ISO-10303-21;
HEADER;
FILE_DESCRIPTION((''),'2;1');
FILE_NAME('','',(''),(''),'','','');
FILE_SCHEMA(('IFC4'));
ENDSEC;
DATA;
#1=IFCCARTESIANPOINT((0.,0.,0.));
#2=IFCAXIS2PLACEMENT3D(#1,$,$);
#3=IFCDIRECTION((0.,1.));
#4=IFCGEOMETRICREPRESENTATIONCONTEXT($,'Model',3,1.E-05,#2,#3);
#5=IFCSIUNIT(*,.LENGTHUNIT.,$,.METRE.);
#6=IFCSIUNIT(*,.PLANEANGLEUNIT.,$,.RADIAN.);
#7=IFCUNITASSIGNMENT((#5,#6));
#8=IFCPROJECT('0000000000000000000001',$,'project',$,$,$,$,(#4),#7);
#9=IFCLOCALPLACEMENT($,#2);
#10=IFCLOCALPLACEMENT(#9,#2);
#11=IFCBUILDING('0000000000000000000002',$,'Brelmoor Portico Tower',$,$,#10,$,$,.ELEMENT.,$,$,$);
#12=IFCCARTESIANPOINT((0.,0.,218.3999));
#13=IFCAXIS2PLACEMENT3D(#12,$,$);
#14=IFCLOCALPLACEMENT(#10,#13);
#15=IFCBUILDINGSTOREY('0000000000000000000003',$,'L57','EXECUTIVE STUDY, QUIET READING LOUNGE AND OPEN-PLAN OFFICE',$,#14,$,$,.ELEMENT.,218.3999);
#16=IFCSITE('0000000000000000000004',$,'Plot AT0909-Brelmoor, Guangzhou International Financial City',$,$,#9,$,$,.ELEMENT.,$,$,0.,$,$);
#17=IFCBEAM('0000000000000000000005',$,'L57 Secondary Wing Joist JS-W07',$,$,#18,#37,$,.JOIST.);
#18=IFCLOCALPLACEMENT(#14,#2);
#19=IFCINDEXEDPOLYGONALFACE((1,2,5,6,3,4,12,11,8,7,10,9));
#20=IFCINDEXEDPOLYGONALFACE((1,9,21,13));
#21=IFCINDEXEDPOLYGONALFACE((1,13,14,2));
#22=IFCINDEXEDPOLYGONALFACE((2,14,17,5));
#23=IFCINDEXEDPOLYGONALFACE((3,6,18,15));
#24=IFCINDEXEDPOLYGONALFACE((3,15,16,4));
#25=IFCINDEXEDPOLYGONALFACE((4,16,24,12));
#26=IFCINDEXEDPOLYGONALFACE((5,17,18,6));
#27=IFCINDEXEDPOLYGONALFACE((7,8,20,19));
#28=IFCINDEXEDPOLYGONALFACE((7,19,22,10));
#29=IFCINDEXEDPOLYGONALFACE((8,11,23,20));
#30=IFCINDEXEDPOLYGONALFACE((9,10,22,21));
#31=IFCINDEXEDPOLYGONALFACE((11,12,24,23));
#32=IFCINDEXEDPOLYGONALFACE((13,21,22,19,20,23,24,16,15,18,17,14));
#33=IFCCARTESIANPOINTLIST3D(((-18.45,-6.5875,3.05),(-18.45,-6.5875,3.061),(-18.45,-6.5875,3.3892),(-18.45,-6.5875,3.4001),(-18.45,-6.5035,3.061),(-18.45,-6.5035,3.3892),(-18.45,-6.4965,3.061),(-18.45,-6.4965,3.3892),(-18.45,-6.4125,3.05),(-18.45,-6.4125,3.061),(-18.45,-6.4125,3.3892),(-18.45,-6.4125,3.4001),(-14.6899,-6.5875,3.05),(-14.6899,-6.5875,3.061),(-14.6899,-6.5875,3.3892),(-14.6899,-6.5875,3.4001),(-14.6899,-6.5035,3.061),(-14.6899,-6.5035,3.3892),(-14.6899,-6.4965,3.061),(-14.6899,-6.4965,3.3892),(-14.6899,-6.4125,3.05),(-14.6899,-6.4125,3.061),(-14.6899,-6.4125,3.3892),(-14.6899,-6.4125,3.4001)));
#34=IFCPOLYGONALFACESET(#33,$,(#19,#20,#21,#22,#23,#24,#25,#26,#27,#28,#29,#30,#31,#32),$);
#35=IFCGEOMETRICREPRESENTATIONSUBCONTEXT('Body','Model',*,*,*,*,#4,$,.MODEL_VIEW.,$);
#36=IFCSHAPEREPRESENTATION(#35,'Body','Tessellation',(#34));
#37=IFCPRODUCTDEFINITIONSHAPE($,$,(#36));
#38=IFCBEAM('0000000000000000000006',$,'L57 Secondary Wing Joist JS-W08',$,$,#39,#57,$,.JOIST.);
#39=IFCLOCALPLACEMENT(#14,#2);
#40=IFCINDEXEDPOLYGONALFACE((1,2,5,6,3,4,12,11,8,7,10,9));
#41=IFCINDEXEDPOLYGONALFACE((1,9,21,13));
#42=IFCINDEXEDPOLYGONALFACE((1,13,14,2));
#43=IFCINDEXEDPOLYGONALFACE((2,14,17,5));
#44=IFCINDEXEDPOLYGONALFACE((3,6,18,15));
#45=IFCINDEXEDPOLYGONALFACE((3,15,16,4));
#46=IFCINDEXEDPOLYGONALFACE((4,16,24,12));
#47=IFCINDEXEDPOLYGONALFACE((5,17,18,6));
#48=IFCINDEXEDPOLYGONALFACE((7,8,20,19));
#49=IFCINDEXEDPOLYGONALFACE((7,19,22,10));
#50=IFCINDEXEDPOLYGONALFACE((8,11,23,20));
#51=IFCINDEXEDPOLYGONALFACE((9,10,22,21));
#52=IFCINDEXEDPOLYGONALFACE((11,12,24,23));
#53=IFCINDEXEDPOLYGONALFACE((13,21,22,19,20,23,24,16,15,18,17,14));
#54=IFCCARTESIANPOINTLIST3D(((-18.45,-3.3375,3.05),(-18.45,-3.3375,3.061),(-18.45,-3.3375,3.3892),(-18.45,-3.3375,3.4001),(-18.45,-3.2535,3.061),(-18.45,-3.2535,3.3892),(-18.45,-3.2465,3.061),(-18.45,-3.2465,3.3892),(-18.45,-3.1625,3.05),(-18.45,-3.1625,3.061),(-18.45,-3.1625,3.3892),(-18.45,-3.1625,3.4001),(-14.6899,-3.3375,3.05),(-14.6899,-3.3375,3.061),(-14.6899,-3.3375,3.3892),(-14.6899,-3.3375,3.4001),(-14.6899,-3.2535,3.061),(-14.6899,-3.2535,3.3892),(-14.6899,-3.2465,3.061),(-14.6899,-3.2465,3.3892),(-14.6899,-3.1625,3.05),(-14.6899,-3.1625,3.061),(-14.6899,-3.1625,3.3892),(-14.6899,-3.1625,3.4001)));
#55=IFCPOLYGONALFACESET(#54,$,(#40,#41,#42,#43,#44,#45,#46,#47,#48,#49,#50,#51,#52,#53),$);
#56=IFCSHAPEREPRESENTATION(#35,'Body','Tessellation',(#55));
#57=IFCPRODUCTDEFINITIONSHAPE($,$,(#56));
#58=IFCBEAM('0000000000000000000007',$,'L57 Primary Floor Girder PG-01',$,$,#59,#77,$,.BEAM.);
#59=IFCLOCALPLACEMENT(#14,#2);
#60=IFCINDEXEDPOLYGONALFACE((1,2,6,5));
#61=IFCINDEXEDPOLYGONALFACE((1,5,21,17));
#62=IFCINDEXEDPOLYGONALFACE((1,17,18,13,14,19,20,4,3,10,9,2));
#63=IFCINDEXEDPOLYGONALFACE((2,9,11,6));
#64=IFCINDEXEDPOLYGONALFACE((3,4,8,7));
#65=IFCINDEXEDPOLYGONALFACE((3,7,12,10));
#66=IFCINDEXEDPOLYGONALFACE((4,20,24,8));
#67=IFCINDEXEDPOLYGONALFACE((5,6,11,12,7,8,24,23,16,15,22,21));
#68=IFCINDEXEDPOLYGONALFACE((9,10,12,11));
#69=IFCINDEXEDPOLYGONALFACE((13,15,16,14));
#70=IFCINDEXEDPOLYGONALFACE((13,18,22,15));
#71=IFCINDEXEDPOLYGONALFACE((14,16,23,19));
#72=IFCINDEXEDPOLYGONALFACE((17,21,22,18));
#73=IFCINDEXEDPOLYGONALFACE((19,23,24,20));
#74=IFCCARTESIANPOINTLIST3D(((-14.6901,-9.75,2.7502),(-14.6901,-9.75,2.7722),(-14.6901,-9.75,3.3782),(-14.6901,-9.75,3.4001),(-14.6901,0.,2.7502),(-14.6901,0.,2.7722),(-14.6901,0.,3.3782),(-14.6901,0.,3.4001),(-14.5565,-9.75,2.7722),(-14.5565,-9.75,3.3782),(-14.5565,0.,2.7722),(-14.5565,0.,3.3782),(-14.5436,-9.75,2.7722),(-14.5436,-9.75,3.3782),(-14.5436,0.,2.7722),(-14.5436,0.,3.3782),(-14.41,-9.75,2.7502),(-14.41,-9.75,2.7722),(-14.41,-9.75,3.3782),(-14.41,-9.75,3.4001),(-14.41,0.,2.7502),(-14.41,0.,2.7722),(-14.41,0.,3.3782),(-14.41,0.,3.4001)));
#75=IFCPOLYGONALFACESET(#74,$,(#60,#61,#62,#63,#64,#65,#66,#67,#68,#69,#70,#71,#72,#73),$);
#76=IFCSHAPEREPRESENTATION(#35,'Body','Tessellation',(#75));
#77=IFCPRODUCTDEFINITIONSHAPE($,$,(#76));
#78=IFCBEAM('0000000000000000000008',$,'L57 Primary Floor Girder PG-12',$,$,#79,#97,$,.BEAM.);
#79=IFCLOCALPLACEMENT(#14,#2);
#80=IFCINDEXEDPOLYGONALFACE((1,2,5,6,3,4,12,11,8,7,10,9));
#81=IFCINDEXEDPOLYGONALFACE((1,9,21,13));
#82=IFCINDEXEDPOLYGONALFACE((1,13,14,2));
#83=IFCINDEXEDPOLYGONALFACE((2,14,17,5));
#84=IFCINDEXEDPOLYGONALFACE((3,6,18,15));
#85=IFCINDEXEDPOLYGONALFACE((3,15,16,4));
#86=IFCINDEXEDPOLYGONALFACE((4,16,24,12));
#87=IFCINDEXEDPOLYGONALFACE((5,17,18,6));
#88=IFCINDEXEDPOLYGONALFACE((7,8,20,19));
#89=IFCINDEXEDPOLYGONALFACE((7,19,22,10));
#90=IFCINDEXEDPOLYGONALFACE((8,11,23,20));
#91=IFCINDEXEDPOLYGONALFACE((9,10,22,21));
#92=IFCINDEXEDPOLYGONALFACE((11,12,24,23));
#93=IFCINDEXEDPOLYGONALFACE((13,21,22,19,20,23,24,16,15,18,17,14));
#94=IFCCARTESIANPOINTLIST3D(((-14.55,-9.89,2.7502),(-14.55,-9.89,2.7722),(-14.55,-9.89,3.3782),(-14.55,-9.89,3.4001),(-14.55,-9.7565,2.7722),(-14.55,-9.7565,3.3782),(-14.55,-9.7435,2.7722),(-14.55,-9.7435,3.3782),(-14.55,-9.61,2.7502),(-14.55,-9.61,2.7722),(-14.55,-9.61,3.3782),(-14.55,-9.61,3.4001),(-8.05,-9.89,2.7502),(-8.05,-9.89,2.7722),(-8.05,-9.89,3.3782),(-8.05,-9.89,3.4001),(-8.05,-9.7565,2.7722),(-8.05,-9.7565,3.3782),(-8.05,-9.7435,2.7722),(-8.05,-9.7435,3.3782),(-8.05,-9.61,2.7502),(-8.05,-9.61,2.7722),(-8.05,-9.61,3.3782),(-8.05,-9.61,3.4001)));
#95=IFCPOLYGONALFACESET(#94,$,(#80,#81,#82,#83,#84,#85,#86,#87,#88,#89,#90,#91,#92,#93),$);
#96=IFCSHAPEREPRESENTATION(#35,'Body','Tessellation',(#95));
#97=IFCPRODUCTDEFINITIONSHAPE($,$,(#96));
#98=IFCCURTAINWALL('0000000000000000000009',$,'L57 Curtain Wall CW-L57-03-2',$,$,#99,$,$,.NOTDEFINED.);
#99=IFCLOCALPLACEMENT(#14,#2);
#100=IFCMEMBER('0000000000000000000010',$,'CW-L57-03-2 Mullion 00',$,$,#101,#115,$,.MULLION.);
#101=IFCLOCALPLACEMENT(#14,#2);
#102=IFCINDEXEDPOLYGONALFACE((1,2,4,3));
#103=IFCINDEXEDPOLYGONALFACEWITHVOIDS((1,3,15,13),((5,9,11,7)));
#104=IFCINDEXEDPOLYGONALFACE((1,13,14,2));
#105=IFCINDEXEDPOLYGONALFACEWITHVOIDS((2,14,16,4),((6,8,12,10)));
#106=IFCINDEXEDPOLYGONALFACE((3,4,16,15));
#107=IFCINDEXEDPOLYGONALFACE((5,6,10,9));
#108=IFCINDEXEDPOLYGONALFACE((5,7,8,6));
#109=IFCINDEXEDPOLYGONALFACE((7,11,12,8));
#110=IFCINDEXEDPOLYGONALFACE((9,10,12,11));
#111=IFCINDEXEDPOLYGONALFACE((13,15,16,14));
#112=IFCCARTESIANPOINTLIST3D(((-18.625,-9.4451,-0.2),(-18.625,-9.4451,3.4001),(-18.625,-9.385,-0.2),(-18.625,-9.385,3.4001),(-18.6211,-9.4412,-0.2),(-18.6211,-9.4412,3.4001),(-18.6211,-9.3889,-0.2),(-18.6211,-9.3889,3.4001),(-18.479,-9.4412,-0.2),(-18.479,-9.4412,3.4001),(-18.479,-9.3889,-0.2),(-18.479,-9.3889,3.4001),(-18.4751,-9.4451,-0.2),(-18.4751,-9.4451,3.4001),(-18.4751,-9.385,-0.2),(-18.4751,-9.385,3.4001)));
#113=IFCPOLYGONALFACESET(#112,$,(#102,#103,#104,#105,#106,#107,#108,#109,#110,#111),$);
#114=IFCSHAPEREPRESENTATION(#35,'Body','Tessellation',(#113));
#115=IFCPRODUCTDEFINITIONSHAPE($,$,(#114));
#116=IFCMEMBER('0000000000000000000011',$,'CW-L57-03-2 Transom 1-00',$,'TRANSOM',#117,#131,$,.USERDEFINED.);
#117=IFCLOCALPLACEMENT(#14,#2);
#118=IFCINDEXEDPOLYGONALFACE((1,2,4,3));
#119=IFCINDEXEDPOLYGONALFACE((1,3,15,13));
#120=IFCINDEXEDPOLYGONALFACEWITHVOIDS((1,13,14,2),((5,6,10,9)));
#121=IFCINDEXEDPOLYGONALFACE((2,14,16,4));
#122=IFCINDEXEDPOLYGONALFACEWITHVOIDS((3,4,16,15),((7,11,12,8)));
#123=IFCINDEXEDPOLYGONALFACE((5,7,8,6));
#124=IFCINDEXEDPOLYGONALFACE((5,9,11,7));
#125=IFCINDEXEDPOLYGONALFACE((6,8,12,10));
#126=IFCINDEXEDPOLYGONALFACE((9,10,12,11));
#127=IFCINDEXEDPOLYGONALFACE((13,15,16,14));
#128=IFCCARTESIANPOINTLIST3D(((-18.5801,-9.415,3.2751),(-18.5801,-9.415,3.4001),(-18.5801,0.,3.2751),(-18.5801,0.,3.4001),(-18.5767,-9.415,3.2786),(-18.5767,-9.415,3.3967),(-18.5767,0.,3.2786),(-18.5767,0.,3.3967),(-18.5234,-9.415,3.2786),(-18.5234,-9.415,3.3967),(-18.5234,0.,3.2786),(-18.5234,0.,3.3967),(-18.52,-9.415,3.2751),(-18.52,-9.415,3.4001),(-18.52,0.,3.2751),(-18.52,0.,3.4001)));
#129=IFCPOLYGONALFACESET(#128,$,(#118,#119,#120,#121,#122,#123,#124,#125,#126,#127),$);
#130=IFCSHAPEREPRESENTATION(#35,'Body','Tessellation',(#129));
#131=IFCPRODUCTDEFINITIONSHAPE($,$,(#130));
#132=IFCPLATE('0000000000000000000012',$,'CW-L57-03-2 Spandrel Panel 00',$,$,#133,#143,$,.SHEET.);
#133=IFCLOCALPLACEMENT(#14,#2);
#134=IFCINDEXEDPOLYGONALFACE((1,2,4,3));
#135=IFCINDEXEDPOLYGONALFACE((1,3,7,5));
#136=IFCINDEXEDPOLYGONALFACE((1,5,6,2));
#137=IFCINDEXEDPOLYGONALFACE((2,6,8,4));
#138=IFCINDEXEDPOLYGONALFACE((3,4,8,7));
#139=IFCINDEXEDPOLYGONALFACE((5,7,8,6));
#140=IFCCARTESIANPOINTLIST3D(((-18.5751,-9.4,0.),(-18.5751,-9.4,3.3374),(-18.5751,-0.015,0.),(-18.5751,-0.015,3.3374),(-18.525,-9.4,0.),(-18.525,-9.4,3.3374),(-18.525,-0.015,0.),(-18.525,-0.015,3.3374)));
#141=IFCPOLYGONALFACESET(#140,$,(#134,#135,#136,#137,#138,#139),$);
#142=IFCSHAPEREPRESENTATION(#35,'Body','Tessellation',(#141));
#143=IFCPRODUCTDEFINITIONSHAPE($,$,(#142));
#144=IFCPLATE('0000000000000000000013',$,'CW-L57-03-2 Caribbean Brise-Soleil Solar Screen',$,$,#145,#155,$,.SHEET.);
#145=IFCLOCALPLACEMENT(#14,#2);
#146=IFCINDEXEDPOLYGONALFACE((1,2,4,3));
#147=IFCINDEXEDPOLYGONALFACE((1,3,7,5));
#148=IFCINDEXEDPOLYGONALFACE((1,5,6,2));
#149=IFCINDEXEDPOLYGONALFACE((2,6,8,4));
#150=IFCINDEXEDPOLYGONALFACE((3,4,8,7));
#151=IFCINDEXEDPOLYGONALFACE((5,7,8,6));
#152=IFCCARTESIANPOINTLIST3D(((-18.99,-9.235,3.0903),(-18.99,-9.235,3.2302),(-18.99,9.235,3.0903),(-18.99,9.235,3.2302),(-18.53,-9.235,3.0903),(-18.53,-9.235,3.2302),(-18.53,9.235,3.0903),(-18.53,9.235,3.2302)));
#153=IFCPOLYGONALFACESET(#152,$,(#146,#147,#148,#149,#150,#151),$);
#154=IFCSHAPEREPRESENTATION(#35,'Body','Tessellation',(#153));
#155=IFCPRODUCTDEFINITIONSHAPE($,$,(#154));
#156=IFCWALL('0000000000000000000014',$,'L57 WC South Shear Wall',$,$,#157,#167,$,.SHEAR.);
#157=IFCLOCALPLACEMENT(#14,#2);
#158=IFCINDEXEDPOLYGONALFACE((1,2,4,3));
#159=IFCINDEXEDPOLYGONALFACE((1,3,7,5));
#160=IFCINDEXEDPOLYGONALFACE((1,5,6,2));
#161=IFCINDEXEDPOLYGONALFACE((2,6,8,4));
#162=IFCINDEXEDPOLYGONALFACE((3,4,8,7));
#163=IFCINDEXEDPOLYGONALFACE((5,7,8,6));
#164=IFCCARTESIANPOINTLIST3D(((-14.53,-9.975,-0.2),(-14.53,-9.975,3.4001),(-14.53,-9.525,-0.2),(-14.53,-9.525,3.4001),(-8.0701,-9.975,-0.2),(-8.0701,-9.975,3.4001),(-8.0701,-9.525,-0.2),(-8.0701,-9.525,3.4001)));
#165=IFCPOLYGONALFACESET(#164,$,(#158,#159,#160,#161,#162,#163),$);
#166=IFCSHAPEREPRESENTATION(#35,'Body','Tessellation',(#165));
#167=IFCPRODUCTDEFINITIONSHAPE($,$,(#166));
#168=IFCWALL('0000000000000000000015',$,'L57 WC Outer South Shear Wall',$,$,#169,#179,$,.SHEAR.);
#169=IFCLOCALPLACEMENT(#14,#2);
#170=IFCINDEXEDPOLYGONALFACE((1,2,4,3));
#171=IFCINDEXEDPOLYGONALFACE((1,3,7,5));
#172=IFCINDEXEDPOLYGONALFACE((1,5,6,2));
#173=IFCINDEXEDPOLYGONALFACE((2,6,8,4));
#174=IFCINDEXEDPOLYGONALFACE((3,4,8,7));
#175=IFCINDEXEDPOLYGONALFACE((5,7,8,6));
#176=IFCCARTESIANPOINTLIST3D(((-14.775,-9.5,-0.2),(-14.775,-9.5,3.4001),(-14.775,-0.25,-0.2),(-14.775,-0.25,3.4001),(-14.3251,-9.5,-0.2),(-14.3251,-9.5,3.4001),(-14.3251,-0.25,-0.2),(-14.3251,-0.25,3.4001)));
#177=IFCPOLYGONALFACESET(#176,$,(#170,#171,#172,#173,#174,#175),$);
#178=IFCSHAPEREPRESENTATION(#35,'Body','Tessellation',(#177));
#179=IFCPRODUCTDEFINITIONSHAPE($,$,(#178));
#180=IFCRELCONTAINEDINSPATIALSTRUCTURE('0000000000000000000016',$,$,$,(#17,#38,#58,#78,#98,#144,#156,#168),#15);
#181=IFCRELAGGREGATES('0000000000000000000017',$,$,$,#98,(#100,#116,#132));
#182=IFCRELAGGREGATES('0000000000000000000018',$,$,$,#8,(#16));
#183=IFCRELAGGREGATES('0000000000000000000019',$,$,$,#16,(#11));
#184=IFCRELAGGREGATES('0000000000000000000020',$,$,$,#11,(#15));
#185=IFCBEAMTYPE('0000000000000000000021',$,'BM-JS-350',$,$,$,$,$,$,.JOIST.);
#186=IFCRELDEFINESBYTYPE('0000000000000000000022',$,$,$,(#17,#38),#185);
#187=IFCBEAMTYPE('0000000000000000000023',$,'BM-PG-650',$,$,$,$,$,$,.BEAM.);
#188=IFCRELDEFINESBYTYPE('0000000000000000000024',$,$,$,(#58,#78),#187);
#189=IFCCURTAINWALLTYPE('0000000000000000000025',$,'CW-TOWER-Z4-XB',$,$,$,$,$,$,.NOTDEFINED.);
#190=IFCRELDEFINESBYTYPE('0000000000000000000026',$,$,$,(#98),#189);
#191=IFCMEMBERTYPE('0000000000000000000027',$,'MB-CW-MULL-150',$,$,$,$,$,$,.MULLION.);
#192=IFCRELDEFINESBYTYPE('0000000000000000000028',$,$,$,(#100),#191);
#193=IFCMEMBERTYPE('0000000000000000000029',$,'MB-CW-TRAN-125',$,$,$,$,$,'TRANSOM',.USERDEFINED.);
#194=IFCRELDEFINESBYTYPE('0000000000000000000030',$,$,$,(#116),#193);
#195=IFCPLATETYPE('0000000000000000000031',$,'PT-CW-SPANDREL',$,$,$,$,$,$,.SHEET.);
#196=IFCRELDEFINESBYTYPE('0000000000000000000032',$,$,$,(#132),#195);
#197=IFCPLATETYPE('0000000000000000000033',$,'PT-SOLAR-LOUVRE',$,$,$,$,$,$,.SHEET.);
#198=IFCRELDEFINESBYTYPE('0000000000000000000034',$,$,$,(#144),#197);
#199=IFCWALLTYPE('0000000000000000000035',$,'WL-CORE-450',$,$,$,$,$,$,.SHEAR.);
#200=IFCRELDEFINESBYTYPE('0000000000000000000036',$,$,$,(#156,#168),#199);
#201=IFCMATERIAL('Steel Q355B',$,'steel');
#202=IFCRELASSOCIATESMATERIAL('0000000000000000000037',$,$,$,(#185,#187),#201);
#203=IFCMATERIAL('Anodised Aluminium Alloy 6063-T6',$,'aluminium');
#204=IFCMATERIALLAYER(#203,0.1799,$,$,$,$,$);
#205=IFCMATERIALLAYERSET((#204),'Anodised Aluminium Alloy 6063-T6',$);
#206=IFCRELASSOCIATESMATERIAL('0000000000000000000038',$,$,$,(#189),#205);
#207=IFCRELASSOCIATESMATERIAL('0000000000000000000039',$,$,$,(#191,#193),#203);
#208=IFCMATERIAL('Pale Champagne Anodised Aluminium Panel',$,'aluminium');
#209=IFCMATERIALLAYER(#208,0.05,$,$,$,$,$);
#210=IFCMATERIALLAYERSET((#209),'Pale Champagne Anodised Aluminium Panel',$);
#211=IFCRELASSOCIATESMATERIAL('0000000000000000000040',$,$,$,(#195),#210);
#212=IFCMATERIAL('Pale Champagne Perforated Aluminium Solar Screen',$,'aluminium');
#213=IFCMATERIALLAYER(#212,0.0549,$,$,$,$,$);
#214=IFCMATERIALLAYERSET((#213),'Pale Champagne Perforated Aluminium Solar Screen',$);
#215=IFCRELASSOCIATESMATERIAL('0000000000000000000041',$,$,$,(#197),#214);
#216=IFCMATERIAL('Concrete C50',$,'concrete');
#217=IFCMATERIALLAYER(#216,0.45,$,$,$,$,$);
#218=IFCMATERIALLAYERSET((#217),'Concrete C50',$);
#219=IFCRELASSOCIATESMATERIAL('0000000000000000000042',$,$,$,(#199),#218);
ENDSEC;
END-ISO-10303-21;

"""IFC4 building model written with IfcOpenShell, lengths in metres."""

from ifc_helpers import new_model, si_unit, direction, frame, frame_2d, origin, origin_2d, place, context, subcontext, project, spatial, rectangle, hollow_rectangle, i_section, extrude, material, layer, layer_set, material_profile, profile_set, type_object, element, aggregate, save


model = new_model("IFC4")

# Units and contexts
model_context = context("Model", 3, precision=1e-05, world=origin(), true_north=direction((0.0, 1.0)))
body_context = subcontext(model_context, "Body", "Model", "MODEL_VIEW")
ifc_project = project(units=[si_unit("LENGTHUNIT", "METRE"), si_unit("PLANEANGLEUNIT", "RADIAN")], contexts=[model_context])

# Site, building, storey
site_placement = place(None, origin())
site = spatial("IfcSite", under=ifc_project, at=site_placement, Name="Plot AT0909-Brelmoor, Guangzhou International Financial City", CompositionType="ELEMENT", RefElevation=0.0)
building_placement = place(site_placement, origin())
building = spatial("IfcBuilding", under=site, at=building_placement, Name="Brelmoor Portico Tower", CompositionType="ELEMENT")
storey_placement = place(building_placement, frame((0.0, 0.0, 218.3999)))
storey = spatial("IfcBuildingStorey", under=building, at=storey_placement, Name="L57", Description="EXECUTIVE STUDY, QUIET READING LOUNGE AND OPEN-PLAN OFFICE", CompositionType="ELEMENT", Elevation=218.3999)

# Beams
ifc_material_1 = material(Name="Steel Q355B", Category="steel")
ifc_material_profile_1 = material_profile(ifc_material_1, i_section(OverallWidth=0.175, OverallDepth=0.3501, WebThickness=0.0071, FlangeThickness=0.011, at=origin_2d()), Name="HN 350x175x7x11")
ifc_profile_set_1 = profile_set([ifc_material_profile_1], Name="Steel Q355B")
beam_type_1 = type_object("IfcBeamType", Name="BM-JS-350", PredefinedType="JOIST", material=ifc_profile_set_1)
for number, where, z_axis, x_axis, name in (
    (1, (-18.45, -6.5, 3.2251), (1.0, 0.0, 0.0), (0.0, 1.0, 0.0), "L57 Secondary Wing Joist JS-W07"),
    (2, (-18.45, -3.25, 3.2251), (1.0, 0.0, 0.0), (0.0, 1.0, 0.0), "L57 Secondary Wing Joist JS-W08"),
):
    element("IfcBeam", number, at=place(storey_placement, frame(where, z_axis=z_axis, x_axis=x_axis)), inside=storey, type_object=beam_type_1, Name=name, PredefinedType="JOIST", context=body_context, shape_type="SweptSolid", body=[
        extrude(i_section(OverallWidth=0.175, OverallDepth=0.3501, WebThickness=0.0071, FlangeThickness=0.011, at=origin_2d()), origin(), (0.0, 0.0, 1.0), 3.76),
    ])
ifc_material_profile_2 = material_profile(ifc_material_1, i_section(OverallWidth=0.28, OverallDepth=0.6499, WebThickness=0.0129, FlangeThickness=0.022, at=origin_2d()), Name="HN 650x280x13x22")
ifc_profile_set_2 = profile_set([ifc_material_profile_2], Name="Steel Q355B")
beam_type_2 = type_object("IfcBeamType", Name="BM-PG-650", PredefinedType="BEAM", material=ifc_profile_set_2)
beam_1_placement = place(storey_placement, frame((-14.55, -9.75, 3.0752), z_axis=(0.0, 1.0, 0.0), x_axis=(-1.0, 0.0, 0.0)))
element("IfcBeam", 3, at=beam_1_placement, inside=storey, type_object=beam_type_2, Name="L57 Primary Floor Girder PG-01", PredefinedType="BEAM", context=body_context, shape_type="SweptSolid", body=[
    extrude(i_section(OverallWidth=0.28, OverallDepth=0.6499, WebThickness=0.0129, FlangeThickness=0.022, at=origin_2d()), origin(), (0.0, 0.0, 1.0), 9.75),
])
beam_2_placement = place(storey_placement, frame((-14.55, -9.75, 3.0752), z_axis=(1.0, 0.0, 0.0), x_axis=(0.0, 1.0, 0.0)))
element("IfcBeam", 4, at=beam_2_placement, inside=storey, type_object=beam_type_2, Name="L57 Primary Floor Girder PG-12", PredefinedType="BEAM", context=body_context, shape_type="SweptSolid", body=[
    extrude(i_section(OverallWidth=0.28, OverallDepth=0.6499, WebThickness=0.0129, FlangeThickness=0.022, at=origin_2d()), origin(), (0.0, 0.0, 1.0), 6.5),
])

# Curtain wall, members, plate
ifc_material_2 = material(Name="Anodised Aluminium Alloy 6063-T6", Category="aluminium")
ifc_layer_1 = layer(ifc_material_2, 0.1799)
ifc_layer_set_1 = layer_set([ifc_layer_1], Name="Anodised Aluminium Alloy 6063-T6")
curtain_wall_type = type_object("IfcCurtainWallType", Name="CW-TOWER-Z4-XB", PredefinedType="NOTDEFINED", material=ifc_layer_set_1)
curtain_wall_placement = place(storey_placement, origin())
curtain_wall = element("IfcCurtainWall", 5, at=curtain_wall_placement, inside=storey, type_object=curtain_wall_type, Name="L57 Curtain Wall CW-L57-03-2", PredefinedType="NOTDEFINED")
ifc_material_profile_3 = material_profile(ifc_material_2, hollow_rectangle(XDim=0.0601, YDim=0.1499, WallThickness=0.0039, at=origin_2d()), Name="ALU MULLION 60x150")
ifc_profile_set_3 = profile_set([ifc_material_profile_3], Name="Anodised Aluminium Alloy 6063-T6")
member_type_1 = type_object("IfcMemberType", Name="MB-CW-MULL-150", PredefinedType="MULLION", material=ifc_profile_set_3)
member_1_placement = place(storey_placement, frame((-18.55, -9.415, -0.2), z_axis=(0.0, 0.0, 1.0), x_axis=(0.0, 1.0, 0.0)))
member_1 = element("IfcMember", 6, at=member_1_placement, type_object=member_type_1, Name="CW-L57-03-2 Mullion 00", PredefinedType="MULLION", context=body_context, shape_type="SweptSolid", body=[
    extrude(hollow_rectangle(XDim=0.0601, YDim=0.1499, WallThickness=0.0039, at=origin_2d()), origin(), (0.0, 0.0, 1.0), 3.6001),
])
ifc_material_profile_4 = material_profile(ifc_material_2, hollow_rectangle(XDim=0.0601, YDim=0.125, WallThickness=0.0034, at=origin_2d()), Name="ALU TRANSOM 60x125")
ifc_profile_set_4 = profile_set([ifc_material_profile_4], Name="Anodised Aluminium Alloy 6063-T6")
member_type_2 = type_object("IfcMemberType", Name="MB-CW-TRAN-125", ElementType="TRANSOM", PredefinedType="USERDEFINED", material=ifc_profile_set_4)
member_2_placement = place(storey_placement, frame((-18.55, -9.415, 3.3376), z_axis=(0.0, 1.0, 0.0), x_axis=(-1.0, 0.0, 0.0)))
member_2 = element("IfcMember", 7, at=member_2_placement, type_object=member_type_2, Name="CW-L57-03-2 Transom 1-00", ObjectType="TRANSOM", PredefinedType="USERDEFINED", context=body_context, shape_type="SweptSolid", body=[
    extrude(hollow_rectangle(XDim=0.0601, YDim=0.125, WallThickness=0.0034, at=origin_2d()), origin(), (0.0, 0.0, 1.0), 9.415),
])
ifc_material_3 = material(Name="Pale Champagne Anodised Aluminium Panel", Category="aluminium")
ifc_layer_2 = layer(ifc_material_3, 0.05)
ifc_layer_set_2 = layer_set([ifc_layer_2], Name="Pale Champagne Anodised Aluminium Panel")
plate_type_1 = type_object("IfcPlateType", Name="PT-CW-SPANDREL", PredefinedType="SHEET", material=ifc_layer_set_2)
plate_1_placement = place(storey_placement, frame((-18.55, -4.7075, 0.0), z_axis=(0.0, 0.0, 1.0), x_axis=(0.0, 1.0, 0.0)))
plate_1 = element("IfcPlate", 8, at=plate_1_placement, type_object=plate_type_1, Name="CW-L57-03-2 Spandrel Panel 00", PredefinedType="SHEET", context=body_context, shape_type="SweptSolid", body=[
    extrude(rectangle(XDim=9.385, YDim=0.05, at=origin_2d()), origin(), (0.0, 0.0, 1.0), 3.3374),
])
aggregate(curtain_wall, [member_1, member_2, plate_1])

# Plate
ifc_material_4 = material(Name="Pale Champagne Perforated Aluminium Solar Screen", Category="aluminium")
ifc_layer_3 = layer(ifc_material_4, 0.0549)
ifc_layer_set_3 = layer_set([ifc_layer_3], Name="Pale Champagne Perforated Aluminium Solar Screen")
plate_type_2 = type_object("IfcPlateType", Name="PT-SOLAR-LOUVRE", PredefinedType="SHEET", material=ifc_layer_set_3)
plate_2_placement = place(storey_placement, frame((-18.76, 0.0, 3.0903), z_axis=(0.0, 0.0, 1.0), x_axis=(0.0, 1.0, 0.0)))
element("IfcPlate", 9, at=plate_2_placement, inside=storey, type_object=plate_type_2, Name="CW-L57-03-2 Caribbean Brise-Soleil Solar Screen", PredefinedType="SHEET", context=body_context, shape_type="SweptSolid", body=[
    extrude(rectangle(XDim=18.47, YDim=0.46, at=origin_2d()), origin(), (0.0, 0.0, 1.0), 0.1399),
])

# Walls
ifc_material_5 = material(Name="Concrete C50", Category="concrete")
ifc_layer_4 = layer(ifc_material_5, 0.45)
ifc_layer_set_4 = layer_set([ifc_layer_4], Name="Concrete C50")
wall_type_1 = type_object("IfcWallType", Name="WL-CORE-450", PredefinedType="SHEAR", material=ifc_layer_set_4)
wall_1_placement = place(storey_placement, frame((-14.53, -9.75, -0.2), z_axis=(0.0, 0.0, 1.0), x_axis=(1.0, 0.0, 0.0)))
element("IfcWall", 10, at=wall_1_placement, inside=storey, type_object=wall_type_1, Name="L57 WC South Shear Wall", PredefinedType="SHEAR", context=body_context, shape_type="SweptSolid", body=[
    extrude(rectangle(XDim=6.46, YDim=0.45, at=frame_2d((3.23, 0.0))), origin(), (0.0, 0.0, 1.0), 3.6001),
])
wall_2_placement = place(storey_placement, frame((-14.55, -9.5, -0.2), z_axis=(0.0, 0.0, 1.0), x_axis=(0.0, 1.0, 0.0)))
element("IfcWall", 11, at=wall_2_placement, inside=storey, type_object=wall_type_1, Name="L57 WC Outer South Shear Wall", PredefinedType="SHEAR", context=body_context, shape_type="SweptSolid", body=[
    extrude(rectangle(XDim=9.25, YDim=0.45, at=frame_2d((4.625, 0.0))), origin(), (0.0, 0.0, 1.0), 3.6001),
])

save(model, "model.ifc")
